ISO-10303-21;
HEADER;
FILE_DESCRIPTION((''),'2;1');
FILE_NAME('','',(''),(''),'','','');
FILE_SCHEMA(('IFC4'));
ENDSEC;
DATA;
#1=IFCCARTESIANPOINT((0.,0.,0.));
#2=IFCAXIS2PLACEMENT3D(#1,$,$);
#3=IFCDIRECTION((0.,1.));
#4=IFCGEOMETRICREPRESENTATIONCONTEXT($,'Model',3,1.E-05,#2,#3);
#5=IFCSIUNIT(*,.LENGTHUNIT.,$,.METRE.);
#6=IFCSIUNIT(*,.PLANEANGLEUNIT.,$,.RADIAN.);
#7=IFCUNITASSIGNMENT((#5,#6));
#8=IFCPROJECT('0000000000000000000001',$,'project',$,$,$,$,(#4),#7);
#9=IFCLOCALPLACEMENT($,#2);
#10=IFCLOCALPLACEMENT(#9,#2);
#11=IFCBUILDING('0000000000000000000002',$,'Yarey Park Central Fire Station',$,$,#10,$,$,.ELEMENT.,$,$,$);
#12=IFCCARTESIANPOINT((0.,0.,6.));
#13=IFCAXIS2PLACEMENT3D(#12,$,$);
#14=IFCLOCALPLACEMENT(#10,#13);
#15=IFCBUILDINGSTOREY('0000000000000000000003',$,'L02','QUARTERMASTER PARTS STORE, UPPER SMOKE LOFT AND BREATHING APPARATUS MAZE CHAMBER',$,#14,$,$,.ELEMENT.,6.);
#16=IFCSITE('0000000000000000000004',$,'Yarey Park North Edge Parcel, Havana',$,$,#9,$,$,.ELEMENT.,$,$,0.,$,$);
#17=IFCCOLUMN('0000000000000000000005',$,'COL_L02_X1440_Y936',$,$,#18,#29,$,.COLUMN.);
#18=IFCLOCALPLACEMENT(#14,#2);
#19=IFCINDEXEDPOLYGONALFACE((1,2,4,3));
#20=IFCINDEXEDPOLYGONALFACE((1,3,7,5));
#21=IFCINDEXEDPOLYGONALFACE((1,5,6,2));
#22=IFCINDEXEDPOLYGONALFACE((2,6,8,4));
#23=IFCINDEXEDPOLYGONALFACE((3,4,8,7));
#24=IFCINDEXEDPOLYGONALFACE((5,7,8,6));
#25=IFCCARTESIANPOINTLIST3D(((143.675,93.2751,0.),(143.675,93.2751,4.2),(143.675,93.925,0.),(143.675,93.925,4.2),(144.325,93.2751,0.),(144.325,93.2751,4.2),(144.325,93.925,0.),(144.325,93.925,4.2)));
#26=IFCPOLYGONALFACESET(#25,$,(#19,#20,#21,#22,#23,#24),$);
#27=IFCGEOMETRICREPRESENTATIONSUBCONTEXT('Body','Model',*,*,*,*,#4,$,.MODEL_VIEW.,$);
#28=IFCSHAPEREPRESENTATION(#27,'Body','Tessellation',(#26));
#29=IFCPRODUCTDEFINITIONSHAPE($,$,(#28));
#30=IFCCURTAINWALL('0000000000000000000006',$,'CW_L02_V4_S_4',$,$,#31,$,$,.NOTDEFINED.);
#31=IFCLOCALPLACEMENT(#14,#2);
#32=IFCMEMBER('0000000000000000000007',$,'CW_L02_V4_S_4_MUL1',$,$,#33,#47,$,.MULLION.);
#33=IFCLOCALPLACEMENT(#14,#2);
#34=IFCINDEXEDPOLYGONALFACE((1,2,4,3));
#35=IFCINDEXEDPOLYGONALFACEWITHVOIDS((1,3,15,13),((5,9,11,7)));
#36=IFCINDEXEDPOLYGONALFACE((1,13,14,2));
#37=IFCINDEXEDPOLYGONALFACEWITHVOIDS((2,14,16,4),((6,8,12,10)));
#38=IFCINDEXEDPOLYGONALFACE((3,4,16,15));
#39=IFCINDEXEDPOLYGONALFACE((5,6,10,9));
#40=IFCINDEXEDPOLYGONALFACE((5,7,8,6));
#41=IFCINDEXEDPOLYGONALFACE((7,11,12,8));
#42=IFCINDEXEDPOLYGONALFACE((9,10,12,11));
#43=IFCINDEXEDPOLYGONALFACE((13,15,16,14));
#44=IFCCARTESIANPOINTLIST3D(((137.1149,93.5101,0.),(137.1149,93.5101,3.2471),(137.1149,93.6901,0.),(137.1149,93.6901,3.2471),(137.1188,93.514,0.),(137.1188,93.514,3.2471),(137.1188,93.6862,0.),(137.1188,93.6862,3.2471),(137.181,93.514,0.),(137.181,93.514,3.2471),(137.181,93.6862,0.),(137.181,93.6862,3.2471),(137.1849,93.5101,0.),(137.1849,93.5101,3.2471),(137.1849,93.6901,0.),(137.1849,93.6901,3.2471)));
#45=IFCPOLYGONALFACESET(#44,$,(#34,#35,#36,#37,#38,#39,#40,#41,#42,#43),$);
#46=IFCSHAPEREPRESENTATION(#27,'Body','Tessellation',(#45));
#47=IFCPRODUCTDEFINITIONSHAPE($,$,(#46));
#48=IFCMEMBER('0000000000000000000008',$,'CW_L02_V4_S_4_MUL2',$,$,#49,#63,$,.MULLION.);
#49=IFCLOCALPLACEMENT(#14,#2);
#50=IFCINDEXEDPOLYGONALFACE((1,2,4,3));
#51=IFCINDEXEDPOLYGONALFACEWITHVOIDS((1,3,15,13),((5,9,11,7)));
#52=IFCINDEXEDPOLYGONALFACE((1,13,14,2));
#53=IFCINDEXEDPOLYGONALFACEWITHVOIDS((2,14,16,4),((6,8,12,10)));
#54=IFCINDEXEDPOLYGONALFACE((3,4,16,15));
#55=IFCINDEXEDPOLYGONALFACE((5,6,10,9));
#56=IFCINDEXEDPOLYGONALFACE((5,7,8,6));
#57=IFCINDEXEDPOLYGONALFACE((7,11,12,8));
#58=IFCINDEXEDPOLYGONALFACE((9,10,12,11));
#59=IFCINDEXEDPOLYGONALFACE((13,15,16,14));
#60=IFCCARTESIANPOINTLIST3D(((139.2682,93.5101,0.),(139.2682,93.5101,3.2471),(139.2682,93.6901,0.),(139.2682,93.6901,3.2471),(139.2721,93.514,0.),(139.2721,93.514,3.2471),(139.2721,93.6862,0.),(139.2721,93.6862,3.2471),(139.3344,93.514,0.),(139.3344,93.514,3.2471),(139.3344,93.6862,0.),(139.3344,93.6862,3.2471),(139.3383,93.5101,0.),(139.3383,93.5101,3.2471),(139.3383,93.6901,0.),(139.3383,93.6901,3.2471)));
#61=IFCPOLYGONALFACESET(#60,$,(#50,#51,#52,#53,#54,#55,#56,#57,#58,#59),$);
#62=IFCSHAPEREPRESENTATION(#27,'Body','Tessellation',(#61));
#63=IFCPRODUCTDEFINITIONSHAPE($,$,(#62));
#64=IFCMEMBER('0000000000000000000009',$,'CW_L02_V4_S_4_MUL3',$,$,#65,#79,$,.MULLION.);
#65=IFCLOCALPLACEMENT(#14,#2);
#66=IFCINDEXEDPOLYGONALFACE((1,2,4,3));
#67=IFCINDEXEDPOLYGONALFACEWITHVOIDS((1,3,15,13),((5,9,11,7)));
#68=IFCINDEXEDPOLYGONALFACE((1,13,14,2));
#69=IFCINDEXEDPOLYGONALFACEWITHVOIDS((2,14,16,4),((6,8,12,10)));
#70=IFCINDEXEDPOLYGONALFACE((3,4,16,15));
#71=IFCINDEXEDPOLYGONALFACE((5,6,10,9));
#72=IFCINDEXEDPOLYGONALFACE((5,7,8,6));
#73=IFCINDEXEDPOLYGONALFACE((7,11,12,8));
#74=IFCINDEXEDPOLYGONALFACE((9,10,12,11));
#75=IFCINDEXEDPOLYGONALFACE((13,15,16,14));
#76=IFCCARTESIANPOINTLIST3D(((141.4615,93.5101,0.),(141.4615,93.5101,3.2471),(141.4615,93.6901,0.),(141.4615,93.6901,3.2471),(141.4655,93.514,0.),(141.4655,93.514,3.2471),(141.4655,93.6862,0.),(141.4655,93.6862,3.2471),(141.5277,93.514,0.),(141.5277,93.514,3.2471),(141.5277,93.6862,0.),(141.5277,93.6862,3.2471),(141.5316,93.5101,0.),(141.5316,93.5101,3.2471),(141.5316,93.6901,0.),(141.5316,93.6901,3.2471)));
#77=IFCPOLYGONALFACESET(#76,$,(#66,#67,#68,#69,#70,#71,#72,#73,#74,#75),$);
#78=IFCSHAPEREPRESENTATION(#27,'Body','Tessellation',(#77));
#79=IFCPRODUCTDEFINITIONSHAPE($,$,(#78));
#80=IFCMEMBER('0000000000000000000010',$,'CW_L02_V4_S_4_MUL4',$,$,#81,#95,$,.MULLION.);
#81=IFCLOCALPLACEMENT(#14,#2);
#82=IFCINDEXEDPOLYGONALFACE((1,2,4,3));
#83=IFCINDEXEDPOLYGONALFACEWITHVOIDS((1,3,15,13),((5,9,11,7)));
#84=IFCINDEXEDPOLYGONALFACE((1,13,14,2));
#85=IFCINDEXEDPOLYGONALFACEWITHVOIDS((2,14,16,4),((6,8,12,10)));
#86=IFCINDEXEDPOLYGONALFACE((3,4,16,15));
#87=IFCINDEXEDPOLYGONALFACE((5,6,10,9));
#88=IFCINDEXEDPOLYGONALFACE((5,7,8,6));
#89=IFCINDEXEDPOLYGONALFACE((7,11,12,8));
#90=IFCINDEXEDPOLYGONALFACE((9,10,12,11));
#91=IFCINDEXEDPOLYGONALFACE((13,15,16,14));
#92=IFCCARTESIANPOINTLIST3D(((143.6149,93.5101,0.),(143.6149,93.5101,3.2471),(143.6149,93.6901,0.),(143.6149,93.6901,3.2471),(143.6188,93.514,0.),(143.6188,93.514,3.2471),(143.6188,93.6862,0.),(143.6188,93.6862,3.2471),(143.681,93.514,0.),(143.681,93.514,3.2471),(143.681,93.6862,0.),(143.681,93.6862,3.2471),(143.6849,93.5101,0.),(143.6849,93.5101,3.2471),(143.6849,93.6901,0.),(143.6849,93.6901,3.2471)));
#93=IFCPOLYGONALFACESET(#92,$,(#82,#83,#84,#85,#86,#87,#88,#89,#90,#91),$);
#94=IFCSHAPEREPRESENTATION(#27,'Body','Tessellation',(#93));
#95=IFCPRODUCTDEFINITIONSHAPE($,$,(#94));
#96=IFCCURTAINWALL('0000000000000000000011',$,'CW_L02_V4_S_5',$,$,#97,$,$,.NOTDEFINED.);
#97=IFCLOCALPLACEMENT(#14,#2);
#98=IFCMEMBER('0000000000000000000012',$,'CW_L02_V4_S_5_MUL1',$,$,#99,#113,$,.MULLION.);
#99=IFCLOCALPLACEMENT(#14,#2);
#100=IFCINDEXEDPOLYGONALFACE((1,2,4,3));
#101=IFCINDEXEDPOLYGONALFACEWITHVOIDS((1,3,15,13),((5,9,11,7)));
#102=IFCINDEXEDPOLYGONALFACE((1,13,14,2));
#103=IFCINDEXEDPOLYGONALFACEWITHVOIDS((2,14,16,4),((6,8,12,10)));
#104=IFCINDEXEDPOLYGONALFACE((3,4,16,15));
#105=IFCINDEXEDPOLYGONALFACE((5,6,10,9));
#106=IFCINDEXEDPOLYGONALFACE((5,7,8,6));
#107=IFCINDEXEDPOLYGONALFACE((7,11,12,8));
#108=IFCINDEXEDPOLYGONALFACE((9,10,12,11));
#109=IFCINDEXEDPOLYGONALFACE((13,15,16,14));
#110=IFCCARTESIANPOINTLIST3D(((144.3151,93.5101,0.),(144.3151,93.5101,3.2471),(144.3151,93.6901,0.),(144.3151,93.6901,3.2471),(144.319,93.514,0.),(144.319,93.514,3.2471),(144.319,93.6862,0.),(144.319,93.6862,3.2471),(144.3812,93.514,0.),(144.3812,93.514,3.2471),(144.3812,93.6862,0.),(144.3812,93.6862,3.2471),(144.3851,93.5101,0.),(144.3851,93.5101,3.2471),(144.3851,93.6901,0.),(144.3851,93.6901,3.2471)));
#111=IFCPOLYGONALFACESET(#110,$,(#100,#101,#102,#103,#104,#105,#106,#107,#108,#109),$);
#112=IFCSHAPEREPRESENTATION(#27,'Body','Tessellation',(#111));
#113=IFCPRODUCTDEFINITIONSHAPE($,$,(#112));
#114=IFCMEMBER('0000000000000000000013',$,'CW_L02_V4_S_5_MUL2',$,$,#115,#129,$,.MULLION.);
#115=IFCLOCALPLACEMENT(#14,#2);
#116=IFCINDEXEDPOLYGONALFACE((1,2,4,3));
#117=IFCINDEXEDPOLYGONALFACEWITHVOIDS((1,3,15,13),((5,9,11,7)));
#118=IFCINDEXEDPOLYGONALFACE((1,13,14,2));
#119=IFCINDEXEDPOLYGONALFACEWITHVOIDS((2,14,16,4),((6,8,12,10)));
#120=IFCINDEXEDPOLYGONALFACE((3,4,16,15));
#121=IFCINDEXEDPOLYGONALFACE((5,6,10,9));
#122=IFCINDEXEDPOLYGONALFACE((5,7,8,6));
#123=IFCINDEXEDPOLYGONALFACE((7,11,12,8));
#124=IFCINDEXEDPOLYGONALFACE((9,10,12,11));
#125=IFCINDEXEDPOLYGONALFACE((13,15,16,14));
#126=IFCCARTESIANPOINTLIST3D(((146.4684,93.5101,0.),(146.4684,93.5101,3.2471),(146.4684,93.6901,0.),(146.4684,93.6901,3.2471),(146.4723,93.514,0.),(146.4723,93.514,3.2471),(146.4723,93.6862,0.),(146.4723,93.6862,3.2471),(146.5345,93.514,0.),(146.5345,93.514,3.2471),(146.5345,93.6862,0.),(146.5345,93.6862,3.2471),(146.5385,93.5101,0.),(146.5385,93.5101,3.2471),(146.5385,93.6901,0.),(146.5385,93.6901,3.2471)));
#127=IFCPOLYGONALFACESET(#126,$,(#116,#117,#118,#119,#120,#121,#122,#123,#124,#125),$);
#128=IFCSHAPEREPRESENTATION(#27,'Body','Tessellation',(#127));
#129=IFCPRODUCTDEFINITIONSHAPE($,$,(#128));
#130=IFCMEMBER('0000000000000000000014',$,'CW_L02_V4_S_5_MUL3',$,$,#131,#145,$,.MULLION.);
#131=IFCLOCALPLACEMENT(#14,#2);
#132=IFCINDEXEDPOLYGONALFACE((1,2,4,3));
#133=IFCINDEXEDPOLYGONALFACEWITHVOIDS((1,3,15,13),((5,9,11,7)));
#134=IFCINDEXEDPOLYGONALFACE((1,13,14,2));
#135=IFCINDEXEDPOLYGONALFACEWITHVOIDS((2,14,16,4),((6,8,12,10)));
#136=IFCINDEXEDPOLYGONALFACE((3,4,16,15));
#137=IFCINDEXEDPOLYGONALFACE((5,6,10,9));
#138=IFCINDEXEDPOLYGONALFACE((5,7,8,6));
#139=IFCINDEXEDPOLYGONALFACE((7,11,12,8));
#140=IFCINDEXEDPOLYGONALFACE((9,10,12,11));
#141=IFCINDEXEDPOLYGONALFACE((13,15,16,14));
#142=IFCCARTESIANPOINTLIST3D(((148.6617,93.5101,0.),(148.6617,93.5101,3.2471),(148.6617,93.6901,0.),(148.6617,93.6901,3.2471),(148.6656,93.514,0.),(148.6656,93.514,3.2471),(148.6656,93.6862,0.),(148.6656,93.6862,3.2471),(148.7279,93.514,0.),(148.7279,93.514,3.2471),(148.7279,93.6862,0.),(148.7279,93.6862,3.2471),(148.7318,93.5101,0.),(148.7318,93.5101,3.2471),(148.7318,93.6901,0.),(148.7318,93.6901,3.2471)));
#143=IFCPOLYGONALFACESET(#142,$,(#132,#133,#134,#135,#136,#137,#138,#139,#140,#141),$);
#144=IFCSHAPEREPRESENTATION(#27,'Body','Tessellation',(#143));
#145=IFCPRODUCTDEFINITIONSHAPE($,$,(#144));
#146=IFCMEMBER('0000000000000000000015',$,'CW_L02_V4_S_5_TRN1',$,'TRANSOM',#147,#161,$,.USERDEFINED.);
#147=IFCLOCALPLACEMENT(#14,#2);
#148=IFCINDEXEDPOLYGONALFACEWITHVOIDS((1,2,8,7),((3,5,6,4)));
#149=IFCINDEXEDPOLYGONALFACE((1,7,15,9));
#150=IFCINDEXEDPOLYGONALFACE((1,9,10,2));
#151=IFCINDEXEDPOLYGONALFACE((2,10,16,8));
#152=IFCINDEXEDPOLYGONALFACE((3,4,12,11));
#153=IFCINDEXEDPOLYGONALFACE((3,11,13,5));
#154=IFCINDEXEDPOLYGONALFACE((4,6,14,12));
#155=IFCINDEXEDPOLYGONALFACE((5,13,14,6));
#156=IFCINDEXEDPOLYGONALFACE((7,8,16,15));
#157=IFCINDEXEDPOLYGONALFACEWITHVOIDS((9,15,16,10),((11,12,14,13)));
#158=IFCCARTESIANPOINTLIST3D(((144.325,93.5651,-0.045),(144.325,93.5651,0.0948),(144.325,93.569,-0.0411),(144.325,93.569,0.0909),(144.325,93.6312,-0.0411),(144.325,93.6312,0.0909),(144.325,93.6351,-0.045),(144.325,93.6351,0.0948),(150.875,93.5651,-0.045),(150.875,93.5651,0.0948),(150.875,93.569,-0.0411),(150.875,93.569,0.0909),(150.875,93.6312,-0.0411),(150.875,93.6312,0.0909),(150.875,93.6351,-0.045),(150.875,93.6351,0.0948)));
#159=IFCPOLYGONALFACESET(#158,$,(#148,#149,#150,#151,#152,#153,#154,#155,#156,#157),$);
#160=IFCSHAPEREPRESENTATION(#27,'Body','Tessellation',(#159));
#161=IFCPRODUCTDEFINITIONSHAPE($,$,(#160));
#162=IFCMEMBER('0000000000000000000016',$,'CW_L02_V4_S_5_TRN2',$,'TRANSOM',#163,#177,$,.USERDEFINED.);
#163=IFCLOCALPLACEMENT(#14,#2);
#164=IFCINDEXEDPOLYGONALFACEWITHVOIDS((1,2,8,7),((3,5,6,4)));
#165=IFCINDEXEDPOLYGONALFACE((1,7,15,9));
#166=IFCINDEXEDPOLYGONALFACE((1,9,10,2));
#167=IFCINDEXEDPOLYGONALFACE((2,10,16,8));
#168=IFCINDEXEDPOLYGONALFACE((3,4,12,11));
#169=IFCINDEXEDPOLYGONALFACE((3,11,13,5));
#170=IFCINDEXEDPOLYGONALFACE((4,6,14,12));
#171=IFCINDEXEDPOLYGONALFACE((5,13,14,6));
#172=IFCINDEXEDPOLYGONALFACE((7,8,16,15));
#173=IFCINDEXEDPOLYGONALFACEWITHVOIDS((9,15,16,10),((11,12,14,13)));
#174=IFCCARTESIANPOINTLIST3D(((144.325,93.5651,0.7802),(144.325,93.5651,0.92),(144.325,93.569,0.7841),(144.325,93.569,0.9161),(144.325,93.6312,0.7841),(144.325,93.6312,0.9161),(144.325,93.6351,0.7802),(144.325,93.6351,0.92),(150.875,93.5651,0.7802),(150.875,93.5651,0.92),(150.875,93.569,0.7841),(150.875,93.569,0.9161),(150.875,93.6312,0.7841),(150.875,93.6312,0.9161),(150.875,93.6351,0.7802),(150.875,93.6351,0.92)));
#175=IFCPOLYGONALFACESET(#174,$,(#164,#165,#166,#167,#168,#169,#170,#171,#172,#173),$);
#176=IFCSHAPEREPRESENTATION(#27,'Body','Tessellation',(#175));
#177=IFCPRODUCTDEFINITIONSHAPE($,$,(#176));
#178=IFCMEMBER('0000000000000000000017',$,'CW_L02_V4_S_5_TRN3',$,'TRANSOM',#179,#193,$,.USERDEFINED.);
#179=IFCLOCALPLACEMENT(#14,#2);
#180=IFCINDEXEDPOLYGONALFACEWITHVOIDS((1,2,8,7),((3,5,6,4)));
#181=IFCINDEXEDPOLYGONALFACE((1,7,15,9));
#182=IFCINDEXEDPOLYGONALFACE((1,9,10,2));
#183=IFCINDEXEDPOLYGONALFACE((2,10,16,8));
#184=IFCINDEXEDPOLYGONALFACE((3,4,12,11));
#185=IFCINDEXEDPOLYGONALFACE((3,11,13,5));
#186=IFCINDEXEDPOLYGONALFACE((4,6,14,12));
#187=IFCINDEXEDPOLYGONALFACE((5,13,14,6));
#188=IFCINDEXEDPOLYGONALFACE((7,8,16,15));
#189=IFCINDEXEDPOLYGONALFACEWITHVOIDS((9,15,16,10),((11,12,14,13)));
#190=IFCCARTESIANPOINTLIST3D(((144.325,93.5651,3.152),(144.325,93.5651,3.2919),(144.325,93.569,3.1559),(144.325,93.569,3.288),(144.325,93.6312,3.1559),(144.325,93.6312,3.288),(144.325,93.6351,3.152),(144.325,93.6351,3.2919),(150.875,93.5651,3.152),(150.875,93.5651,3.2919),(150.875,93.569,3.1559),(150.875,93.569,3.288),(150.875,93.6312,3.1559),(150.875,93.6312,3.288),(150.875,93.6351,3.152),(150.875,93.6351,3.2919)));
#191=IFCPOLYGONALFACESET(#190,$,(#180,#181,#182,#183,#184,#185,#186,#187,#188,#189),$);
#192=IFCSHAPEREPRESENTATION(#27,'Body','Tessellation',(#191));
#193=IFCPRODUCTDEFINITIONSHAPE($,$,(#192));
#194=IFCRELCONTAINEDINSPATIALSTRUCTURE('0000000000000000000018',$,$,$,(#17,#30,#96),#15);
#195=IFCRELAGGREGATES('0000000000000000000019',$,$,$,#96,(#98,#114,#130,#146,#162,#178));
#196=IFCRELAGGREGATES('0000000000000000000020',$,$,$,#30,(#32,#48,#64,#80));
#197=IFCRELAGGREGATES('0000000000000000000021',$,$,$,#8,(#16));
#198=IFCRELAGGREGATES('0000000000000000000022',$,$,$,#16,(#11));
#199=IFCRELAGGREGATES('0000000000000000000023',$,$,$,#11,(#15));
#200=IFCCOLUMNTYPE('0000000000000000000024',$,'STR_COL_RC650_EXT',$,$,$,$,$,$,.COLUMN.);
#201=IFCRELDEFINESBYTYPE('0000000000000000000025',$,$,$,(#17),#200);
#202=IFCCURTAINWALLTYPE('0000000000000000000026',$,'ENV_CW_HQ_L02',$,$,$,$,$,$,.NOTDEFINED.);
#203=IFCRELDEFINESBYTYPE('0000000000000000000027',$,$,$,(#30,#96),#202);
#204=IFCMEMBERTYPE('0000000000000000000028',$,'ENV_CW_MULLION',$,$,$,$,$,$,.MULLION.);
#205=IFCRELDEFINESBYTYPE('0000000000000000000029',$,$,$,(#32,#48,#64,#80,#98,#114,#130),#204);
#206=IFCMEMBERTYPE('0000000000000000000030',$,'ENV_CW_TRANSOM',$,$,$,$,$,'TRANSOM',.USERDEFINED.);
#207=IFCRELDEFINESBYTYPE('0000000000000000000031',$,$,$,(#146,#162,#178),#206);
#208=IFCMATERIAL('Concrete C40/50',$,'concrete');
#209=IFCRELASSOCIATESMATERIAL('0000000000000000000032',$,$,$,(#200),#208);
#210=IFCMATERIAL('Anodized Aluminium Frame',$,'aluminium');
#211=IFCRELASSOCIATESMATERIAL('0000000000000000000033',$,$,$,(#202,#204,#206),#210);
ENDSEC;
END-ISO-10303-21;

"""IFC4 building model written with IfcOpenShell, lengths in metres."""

from ifc_helpers import new_model, si_unit, direction, frame, origin, origin_2d, place, context, subcontext, project, spatial, rectangle, hollow_rectangle, extrude, material, material_profile, profile_set, type_object, element, aggregate, save


model = new_model("IFC4")

# Units and contexts
model_context = context("Model", 3, precision=1e-05, world=origin(), true_north=direction((0.0, 1.0)))
body_context = subcontext(model_context, "Body", "Model", "MODEL_VIEW")
ifc_project = project(units=[si_unit("LENGTHUNIT", "METRE"), si_unit("PLANEANGLEUNIT", "RADIAN")], contexts=[model_context])

# Site, building, storey
site_placement = place(None, origin())
site = spatial("IfcSite", under=ifc_project, at=site_placement, Name="Yarey Park North Edge Parcel, Havana", CompositionType="ELEMENT", RefElevation=0.0)
building_placement = place(site_placement, origin())
building = spatial("IfcBuilding", under=site, at=building_placement, Name="Yarey Park Central Fire Station", CompositionType="ELEMENT")
storey_placement = place(building_placement, frame((0.0, 0.0, 6.0)))
storey = spatial("IfcBuildingStorey", under=building, at=storey_placement, Name="L02", Description="QUARTERMASTER PARTS STORE, UPPER SMOKE LOFT AND BREATHING APPARATUS MAZE CHAMBER", CompositionType="ELEMENT", Elevation=6.0)

# Column
ifc_material_1 = material(Name="Concrete C40/50", Category="concrete")
ifc_material_profile_1 = material_profile(ifc_material_1, rectangle(XDim=0.6499, YDim=0.6499, at=origin_2d()), Name="RC 650x650")
ifc_profile_set_1 = profile_set([ifc_material_profile_1], Name="Concrete C40/50")
column_type = type_object("IfcColumnType", Name="STR_COL_RC650_EXT", PredefinedType="COLUMN", material=ifc_profile_set_1)
column_placement = place(storey_placement, frame((144.0, 93.6001, 0.0), z_axis=(0.0, 0.0, 1.0), x_axis=(1.0, 0.0, 0.0)))
element("IfcColumn", 1, at=column_placement, inside=storey, type_object=column_type, Name="COL_L02_X1440_Y936", PredefinedType="COLUMN", context=body_context, shape_type="SweptSolid", body=[
    extrude(rectangle(XDim=0.6499, YDim=0.6499, at=origin_2d()), origin(), (0.0, 0.0, 1.0), 4.2),
])

# Curtain walls, members
ifc_material_2 = material(Name="Anodized Aluminium Frame", Category="aluminium")
curtain_wall_type = type_object("IfcCurtainWallType", Name="ENV_CW_HQ_L02", PredefinedType="NOTDEFINED", material=ifc_material_2)
curtain_wall_1_placement = place(storey_placement, origin())
curtain_wall_1 = element("IfcCurtainWall", 2, at=curtain_wall_1_placement, inside=storey, type_object=curtain_wall_type, Name="CW_L02_V4_S_4", PredefinedType="NOTDEFINED")
ifc_material_profile_2 = material_profile(ifc_material_2, hollow_rectangle(XDim=0.0701, YDim=0.1799, WallThickness=0.0039, at=origin_2d()), Name="ALU 180x70x4")
ifc_profile_set_2 = profile_set([ifc_material_profile_2], Name="Anodized Aluminium Frame")
member_type_1 = type_object("IfcMemberType", Name="ENV_CW_MULLION", PredefinedType="MULLION", material=ifc_profile_set_2)
member_1_placement = place(storey_placement, frame((137.1499, 93.6001, 0.0), z_axis=(0.0, 0.0, 1.0), x_axis=(1.0, 0.0, 0.0)))
member_1 = element("IfcMember", 3, at=member_1_placement, type_object=member_type_1, Name="CW_L02_V4_S_4_MUL1", PredefinedType="MULLION", context=body_context, shape_type="SweptSolid", body=[
    extrude(hollow_rectangle(XDim=0.0701, YDim=0.1799, WallThickness=0.0039, at=origin_2d()), origin(), (0.0, 0.0, 1.0), 3.2471),
])
member_2_placement = place(storey_placement, frame((139.3032, 93.6001, 0.0), z_axis=(0.0, 0.0, 1.0), x_axis=(1.0, 0.0, 0.0)))
member_2 = element("IfcMember", 4, at=member_2_placement, type_object=member_type_1, Name="CW_L02_V4_S_4_MUL2", PredefinedType="MULLION", context=body_context, shape_type="SweptSolid", body=[
    extrude(hollow_rectangle(XDim=0.0701, YDim=0.1799, WallThickness=0.0039, at=origin_2d()), origin(), (0.0, 0.0, 1.0), 3.2471),
])
member_3_placement = place(storey_placement, frame((141.4966, 93.6001, 0.0), z_axis=(0.0, 0.0, 1.0), x_axis=(1.0, 0.0, 0.0)))
member_3 = element("IfcMember", 5, at=member_3_placement, type_object=member_type_1, Name="CW_L02_V4_S_4_MUL3", PredefinedType="MULLION", context=body_context, shape_type="SweptSolid", body=[
    extrude(hollow_rectangle(XDim=0.0701, YDim=0.1799, WallThickness=0.0039, at=origin_2d()), origin(), (0.0, 0.0, 1.0), 3.2471),
])
member_4_placement = place(storey_placement, frame((143.6499, 93.6001, 0.0), z_axis=(0.0, 0.0, 1.0), x_axis=(1.0, 0.0, 0.0)))
member_4 = element("IfcMember", 6, at=member_4_placement, type_object=member_type_1, Name="CW_L02_V4_S_4_MUL4", PredefinedType="MULLION", context=body_context, shape_type="SweptSolid", body=[
    extrude(hollow_rectangle(XDim=0.0701, YDim=0.1799, WallThickness=0.0039, at=origin_2d()), origin(), (0.0, 0.0, 1.0), 3.2471),
])
curtain_wall_2_placement = place(storey_placement, origin())
curtain_wall_2 = element("IfcCurtainWall", 7, at=curtain_wall_2_placement, inside=storey, type_object=curtain_wall_type, Name="CW_L02_V4_S_5", PredefinedType="NOTDEFINED")
member_5_placement = place(storey_placement, frame((144.3501, 93.6001, 0.0), z_axis=(0.0, 0.0, 1.0), x_axis=(1.0, 0.0, 0.0)))
member_5 = element("IfcMember", 8, at=member_5_placement, type_object=member_type_1, Name="CW_L02_V4_S_5_MUL1", PredefinedType="MULLION", context=body_context, shape_type="SweptSolid", body=[
    extrude(hollow_rectangle(XDim=0.0701, YDim=0.1799, WallThickness=0.0039, at=origin_2d()), origin(), (0.0, 0.0, 1.0), 3.2471),
])
member_6_placement = place(storey_placement, frame((146.5034, 93.6001, 0.0), z_axis=(0.0, 0.0, 1.0), x_axis=(1.0, 0.0, 0.0)))
member_6 = element("IfcMember", 9, at=member_6_placement, type_object=member_type_1, Name="CW_L02_V4_S_5_MUL2", PredefinedType="MULLION", context=body_context, shape_type="SweptSolid", body=[
    extrude(hollow_rectangle(XDim=0.0701, YDim=0.1799, WallThickness=0.0039, at=origin_2d()), origin(), (0.0, 0.0, 1.0), 3.2471),
])
member_7_placement = place(storey_placement, frame((148.6968, 93.6001, 0.0), z_axis=(0.0, 0.0, 1.0), x_axis=(1.0, 0.0, 0.0)))
member_7 = element("IfcMember", 10, at=member_7_placement, type_object=member_type_1, Name="CW_L02_V4_S_5_MUL3", PredefinedType="MULLION", context=body_context, shape_type="SweptSolid", body=[
    extrude(hollow_rectangle(XDim=0.0701, YDim=0.1799, WallThickness=0.0039, at=origin_2d()), origin(), (0.0, 0.0, 1.0), 3.2471),
])
ifc_material_profile_3 = material_profile(ifc_material_2, hollow_rectangle(XDim=0.0701, YDim=0.1399, WallThickness=0.0039, at=origin_2d()), Name="ALU 140x70x4")
ifc_profile_set_3 = profile_set([ifc_material_profile_3], Name="Anodized Aluminium Frame")
member_type_2 = type_object("IfcMemberType", Name="ENV_CW_TRANSOM", ElementType="TRANSOM", PredefinedType="USERDEFINED", material=ifc_profile_set_3)
member_8_placement = place(storey_placement, frame((144.325, 93.6001, 0.0249), z_axis=(1.0, 0.0, 0.0), x_axis=(0.0, 1.0, 0.0)))
member_8 = element("IfcMember", 11, at=member_8_placement, type_object=member_type_2, Name="CW_L02_V4_S_5_TRN1", ObjectType="TRANSOM", PredefinedType="USERDEFINED", context=body_context, shape_type="SweptSolid", body=[
    extrude(hollow_rectangle(XDim=0.0701, YDim=0.1399, WallThickness=0.0039, at=origin_2d()), origin(), (0.0, 0.0, 1.0), 6.55),
])
member_9_placement = place(storey_placement, frame((144.325, 93.6001, 0.8501), z_axis=(1.0, 0.0, 0.0), x_axis=(0.0, 1.0, 0.0)))
member_9 = element("IfcMember", 12, at=member_9_placement, type_object=member_type_2, Name="CW_L02_V4_S_5_TRN2", ObjectType="TRANSOM", PredefinedType="USERDEFINED", context=body_context, shape_type="SweptSolid", body=[
    extrude(hollow_rectangle(XDim=0.0701, YDim=0.1399, WallThickness=0.0039, at=origin_2d()), origin(), (0.0, 0.0, 1.0), 6.55),
])
member_10_placement = place(storey_placement, frame((144.325, 93.6001, 3.2219), z_axis=(1.0, 0.0, 0.0), x_axis=(0.0, 1.0, 0.0)))
member_10 = element("IfcMember", 13, at=member_10_placement, type_object=member_type_2, Name="CW_L02_V4_S_5_TRN3", ObjectType="TRANSOM", PredefinedType="USERDEFINED", context=body_context, shape_type="SweptSolid", body=[
    extrude(hollow_rectangle(XDim=0.0701, YDim=0.1399, WallThickness=0.0039, at=origin_2d()), origin(), (0.0, 0.0, 1.0), 6.55),
])

aggregate(curtain_wall_2, [member_5, member_6, member_7, member_8, member_9, member_10])
aggregate(curtain_wall_1, [member_1, member_2, member_3, member_4])

save(model, "model.ifc")
